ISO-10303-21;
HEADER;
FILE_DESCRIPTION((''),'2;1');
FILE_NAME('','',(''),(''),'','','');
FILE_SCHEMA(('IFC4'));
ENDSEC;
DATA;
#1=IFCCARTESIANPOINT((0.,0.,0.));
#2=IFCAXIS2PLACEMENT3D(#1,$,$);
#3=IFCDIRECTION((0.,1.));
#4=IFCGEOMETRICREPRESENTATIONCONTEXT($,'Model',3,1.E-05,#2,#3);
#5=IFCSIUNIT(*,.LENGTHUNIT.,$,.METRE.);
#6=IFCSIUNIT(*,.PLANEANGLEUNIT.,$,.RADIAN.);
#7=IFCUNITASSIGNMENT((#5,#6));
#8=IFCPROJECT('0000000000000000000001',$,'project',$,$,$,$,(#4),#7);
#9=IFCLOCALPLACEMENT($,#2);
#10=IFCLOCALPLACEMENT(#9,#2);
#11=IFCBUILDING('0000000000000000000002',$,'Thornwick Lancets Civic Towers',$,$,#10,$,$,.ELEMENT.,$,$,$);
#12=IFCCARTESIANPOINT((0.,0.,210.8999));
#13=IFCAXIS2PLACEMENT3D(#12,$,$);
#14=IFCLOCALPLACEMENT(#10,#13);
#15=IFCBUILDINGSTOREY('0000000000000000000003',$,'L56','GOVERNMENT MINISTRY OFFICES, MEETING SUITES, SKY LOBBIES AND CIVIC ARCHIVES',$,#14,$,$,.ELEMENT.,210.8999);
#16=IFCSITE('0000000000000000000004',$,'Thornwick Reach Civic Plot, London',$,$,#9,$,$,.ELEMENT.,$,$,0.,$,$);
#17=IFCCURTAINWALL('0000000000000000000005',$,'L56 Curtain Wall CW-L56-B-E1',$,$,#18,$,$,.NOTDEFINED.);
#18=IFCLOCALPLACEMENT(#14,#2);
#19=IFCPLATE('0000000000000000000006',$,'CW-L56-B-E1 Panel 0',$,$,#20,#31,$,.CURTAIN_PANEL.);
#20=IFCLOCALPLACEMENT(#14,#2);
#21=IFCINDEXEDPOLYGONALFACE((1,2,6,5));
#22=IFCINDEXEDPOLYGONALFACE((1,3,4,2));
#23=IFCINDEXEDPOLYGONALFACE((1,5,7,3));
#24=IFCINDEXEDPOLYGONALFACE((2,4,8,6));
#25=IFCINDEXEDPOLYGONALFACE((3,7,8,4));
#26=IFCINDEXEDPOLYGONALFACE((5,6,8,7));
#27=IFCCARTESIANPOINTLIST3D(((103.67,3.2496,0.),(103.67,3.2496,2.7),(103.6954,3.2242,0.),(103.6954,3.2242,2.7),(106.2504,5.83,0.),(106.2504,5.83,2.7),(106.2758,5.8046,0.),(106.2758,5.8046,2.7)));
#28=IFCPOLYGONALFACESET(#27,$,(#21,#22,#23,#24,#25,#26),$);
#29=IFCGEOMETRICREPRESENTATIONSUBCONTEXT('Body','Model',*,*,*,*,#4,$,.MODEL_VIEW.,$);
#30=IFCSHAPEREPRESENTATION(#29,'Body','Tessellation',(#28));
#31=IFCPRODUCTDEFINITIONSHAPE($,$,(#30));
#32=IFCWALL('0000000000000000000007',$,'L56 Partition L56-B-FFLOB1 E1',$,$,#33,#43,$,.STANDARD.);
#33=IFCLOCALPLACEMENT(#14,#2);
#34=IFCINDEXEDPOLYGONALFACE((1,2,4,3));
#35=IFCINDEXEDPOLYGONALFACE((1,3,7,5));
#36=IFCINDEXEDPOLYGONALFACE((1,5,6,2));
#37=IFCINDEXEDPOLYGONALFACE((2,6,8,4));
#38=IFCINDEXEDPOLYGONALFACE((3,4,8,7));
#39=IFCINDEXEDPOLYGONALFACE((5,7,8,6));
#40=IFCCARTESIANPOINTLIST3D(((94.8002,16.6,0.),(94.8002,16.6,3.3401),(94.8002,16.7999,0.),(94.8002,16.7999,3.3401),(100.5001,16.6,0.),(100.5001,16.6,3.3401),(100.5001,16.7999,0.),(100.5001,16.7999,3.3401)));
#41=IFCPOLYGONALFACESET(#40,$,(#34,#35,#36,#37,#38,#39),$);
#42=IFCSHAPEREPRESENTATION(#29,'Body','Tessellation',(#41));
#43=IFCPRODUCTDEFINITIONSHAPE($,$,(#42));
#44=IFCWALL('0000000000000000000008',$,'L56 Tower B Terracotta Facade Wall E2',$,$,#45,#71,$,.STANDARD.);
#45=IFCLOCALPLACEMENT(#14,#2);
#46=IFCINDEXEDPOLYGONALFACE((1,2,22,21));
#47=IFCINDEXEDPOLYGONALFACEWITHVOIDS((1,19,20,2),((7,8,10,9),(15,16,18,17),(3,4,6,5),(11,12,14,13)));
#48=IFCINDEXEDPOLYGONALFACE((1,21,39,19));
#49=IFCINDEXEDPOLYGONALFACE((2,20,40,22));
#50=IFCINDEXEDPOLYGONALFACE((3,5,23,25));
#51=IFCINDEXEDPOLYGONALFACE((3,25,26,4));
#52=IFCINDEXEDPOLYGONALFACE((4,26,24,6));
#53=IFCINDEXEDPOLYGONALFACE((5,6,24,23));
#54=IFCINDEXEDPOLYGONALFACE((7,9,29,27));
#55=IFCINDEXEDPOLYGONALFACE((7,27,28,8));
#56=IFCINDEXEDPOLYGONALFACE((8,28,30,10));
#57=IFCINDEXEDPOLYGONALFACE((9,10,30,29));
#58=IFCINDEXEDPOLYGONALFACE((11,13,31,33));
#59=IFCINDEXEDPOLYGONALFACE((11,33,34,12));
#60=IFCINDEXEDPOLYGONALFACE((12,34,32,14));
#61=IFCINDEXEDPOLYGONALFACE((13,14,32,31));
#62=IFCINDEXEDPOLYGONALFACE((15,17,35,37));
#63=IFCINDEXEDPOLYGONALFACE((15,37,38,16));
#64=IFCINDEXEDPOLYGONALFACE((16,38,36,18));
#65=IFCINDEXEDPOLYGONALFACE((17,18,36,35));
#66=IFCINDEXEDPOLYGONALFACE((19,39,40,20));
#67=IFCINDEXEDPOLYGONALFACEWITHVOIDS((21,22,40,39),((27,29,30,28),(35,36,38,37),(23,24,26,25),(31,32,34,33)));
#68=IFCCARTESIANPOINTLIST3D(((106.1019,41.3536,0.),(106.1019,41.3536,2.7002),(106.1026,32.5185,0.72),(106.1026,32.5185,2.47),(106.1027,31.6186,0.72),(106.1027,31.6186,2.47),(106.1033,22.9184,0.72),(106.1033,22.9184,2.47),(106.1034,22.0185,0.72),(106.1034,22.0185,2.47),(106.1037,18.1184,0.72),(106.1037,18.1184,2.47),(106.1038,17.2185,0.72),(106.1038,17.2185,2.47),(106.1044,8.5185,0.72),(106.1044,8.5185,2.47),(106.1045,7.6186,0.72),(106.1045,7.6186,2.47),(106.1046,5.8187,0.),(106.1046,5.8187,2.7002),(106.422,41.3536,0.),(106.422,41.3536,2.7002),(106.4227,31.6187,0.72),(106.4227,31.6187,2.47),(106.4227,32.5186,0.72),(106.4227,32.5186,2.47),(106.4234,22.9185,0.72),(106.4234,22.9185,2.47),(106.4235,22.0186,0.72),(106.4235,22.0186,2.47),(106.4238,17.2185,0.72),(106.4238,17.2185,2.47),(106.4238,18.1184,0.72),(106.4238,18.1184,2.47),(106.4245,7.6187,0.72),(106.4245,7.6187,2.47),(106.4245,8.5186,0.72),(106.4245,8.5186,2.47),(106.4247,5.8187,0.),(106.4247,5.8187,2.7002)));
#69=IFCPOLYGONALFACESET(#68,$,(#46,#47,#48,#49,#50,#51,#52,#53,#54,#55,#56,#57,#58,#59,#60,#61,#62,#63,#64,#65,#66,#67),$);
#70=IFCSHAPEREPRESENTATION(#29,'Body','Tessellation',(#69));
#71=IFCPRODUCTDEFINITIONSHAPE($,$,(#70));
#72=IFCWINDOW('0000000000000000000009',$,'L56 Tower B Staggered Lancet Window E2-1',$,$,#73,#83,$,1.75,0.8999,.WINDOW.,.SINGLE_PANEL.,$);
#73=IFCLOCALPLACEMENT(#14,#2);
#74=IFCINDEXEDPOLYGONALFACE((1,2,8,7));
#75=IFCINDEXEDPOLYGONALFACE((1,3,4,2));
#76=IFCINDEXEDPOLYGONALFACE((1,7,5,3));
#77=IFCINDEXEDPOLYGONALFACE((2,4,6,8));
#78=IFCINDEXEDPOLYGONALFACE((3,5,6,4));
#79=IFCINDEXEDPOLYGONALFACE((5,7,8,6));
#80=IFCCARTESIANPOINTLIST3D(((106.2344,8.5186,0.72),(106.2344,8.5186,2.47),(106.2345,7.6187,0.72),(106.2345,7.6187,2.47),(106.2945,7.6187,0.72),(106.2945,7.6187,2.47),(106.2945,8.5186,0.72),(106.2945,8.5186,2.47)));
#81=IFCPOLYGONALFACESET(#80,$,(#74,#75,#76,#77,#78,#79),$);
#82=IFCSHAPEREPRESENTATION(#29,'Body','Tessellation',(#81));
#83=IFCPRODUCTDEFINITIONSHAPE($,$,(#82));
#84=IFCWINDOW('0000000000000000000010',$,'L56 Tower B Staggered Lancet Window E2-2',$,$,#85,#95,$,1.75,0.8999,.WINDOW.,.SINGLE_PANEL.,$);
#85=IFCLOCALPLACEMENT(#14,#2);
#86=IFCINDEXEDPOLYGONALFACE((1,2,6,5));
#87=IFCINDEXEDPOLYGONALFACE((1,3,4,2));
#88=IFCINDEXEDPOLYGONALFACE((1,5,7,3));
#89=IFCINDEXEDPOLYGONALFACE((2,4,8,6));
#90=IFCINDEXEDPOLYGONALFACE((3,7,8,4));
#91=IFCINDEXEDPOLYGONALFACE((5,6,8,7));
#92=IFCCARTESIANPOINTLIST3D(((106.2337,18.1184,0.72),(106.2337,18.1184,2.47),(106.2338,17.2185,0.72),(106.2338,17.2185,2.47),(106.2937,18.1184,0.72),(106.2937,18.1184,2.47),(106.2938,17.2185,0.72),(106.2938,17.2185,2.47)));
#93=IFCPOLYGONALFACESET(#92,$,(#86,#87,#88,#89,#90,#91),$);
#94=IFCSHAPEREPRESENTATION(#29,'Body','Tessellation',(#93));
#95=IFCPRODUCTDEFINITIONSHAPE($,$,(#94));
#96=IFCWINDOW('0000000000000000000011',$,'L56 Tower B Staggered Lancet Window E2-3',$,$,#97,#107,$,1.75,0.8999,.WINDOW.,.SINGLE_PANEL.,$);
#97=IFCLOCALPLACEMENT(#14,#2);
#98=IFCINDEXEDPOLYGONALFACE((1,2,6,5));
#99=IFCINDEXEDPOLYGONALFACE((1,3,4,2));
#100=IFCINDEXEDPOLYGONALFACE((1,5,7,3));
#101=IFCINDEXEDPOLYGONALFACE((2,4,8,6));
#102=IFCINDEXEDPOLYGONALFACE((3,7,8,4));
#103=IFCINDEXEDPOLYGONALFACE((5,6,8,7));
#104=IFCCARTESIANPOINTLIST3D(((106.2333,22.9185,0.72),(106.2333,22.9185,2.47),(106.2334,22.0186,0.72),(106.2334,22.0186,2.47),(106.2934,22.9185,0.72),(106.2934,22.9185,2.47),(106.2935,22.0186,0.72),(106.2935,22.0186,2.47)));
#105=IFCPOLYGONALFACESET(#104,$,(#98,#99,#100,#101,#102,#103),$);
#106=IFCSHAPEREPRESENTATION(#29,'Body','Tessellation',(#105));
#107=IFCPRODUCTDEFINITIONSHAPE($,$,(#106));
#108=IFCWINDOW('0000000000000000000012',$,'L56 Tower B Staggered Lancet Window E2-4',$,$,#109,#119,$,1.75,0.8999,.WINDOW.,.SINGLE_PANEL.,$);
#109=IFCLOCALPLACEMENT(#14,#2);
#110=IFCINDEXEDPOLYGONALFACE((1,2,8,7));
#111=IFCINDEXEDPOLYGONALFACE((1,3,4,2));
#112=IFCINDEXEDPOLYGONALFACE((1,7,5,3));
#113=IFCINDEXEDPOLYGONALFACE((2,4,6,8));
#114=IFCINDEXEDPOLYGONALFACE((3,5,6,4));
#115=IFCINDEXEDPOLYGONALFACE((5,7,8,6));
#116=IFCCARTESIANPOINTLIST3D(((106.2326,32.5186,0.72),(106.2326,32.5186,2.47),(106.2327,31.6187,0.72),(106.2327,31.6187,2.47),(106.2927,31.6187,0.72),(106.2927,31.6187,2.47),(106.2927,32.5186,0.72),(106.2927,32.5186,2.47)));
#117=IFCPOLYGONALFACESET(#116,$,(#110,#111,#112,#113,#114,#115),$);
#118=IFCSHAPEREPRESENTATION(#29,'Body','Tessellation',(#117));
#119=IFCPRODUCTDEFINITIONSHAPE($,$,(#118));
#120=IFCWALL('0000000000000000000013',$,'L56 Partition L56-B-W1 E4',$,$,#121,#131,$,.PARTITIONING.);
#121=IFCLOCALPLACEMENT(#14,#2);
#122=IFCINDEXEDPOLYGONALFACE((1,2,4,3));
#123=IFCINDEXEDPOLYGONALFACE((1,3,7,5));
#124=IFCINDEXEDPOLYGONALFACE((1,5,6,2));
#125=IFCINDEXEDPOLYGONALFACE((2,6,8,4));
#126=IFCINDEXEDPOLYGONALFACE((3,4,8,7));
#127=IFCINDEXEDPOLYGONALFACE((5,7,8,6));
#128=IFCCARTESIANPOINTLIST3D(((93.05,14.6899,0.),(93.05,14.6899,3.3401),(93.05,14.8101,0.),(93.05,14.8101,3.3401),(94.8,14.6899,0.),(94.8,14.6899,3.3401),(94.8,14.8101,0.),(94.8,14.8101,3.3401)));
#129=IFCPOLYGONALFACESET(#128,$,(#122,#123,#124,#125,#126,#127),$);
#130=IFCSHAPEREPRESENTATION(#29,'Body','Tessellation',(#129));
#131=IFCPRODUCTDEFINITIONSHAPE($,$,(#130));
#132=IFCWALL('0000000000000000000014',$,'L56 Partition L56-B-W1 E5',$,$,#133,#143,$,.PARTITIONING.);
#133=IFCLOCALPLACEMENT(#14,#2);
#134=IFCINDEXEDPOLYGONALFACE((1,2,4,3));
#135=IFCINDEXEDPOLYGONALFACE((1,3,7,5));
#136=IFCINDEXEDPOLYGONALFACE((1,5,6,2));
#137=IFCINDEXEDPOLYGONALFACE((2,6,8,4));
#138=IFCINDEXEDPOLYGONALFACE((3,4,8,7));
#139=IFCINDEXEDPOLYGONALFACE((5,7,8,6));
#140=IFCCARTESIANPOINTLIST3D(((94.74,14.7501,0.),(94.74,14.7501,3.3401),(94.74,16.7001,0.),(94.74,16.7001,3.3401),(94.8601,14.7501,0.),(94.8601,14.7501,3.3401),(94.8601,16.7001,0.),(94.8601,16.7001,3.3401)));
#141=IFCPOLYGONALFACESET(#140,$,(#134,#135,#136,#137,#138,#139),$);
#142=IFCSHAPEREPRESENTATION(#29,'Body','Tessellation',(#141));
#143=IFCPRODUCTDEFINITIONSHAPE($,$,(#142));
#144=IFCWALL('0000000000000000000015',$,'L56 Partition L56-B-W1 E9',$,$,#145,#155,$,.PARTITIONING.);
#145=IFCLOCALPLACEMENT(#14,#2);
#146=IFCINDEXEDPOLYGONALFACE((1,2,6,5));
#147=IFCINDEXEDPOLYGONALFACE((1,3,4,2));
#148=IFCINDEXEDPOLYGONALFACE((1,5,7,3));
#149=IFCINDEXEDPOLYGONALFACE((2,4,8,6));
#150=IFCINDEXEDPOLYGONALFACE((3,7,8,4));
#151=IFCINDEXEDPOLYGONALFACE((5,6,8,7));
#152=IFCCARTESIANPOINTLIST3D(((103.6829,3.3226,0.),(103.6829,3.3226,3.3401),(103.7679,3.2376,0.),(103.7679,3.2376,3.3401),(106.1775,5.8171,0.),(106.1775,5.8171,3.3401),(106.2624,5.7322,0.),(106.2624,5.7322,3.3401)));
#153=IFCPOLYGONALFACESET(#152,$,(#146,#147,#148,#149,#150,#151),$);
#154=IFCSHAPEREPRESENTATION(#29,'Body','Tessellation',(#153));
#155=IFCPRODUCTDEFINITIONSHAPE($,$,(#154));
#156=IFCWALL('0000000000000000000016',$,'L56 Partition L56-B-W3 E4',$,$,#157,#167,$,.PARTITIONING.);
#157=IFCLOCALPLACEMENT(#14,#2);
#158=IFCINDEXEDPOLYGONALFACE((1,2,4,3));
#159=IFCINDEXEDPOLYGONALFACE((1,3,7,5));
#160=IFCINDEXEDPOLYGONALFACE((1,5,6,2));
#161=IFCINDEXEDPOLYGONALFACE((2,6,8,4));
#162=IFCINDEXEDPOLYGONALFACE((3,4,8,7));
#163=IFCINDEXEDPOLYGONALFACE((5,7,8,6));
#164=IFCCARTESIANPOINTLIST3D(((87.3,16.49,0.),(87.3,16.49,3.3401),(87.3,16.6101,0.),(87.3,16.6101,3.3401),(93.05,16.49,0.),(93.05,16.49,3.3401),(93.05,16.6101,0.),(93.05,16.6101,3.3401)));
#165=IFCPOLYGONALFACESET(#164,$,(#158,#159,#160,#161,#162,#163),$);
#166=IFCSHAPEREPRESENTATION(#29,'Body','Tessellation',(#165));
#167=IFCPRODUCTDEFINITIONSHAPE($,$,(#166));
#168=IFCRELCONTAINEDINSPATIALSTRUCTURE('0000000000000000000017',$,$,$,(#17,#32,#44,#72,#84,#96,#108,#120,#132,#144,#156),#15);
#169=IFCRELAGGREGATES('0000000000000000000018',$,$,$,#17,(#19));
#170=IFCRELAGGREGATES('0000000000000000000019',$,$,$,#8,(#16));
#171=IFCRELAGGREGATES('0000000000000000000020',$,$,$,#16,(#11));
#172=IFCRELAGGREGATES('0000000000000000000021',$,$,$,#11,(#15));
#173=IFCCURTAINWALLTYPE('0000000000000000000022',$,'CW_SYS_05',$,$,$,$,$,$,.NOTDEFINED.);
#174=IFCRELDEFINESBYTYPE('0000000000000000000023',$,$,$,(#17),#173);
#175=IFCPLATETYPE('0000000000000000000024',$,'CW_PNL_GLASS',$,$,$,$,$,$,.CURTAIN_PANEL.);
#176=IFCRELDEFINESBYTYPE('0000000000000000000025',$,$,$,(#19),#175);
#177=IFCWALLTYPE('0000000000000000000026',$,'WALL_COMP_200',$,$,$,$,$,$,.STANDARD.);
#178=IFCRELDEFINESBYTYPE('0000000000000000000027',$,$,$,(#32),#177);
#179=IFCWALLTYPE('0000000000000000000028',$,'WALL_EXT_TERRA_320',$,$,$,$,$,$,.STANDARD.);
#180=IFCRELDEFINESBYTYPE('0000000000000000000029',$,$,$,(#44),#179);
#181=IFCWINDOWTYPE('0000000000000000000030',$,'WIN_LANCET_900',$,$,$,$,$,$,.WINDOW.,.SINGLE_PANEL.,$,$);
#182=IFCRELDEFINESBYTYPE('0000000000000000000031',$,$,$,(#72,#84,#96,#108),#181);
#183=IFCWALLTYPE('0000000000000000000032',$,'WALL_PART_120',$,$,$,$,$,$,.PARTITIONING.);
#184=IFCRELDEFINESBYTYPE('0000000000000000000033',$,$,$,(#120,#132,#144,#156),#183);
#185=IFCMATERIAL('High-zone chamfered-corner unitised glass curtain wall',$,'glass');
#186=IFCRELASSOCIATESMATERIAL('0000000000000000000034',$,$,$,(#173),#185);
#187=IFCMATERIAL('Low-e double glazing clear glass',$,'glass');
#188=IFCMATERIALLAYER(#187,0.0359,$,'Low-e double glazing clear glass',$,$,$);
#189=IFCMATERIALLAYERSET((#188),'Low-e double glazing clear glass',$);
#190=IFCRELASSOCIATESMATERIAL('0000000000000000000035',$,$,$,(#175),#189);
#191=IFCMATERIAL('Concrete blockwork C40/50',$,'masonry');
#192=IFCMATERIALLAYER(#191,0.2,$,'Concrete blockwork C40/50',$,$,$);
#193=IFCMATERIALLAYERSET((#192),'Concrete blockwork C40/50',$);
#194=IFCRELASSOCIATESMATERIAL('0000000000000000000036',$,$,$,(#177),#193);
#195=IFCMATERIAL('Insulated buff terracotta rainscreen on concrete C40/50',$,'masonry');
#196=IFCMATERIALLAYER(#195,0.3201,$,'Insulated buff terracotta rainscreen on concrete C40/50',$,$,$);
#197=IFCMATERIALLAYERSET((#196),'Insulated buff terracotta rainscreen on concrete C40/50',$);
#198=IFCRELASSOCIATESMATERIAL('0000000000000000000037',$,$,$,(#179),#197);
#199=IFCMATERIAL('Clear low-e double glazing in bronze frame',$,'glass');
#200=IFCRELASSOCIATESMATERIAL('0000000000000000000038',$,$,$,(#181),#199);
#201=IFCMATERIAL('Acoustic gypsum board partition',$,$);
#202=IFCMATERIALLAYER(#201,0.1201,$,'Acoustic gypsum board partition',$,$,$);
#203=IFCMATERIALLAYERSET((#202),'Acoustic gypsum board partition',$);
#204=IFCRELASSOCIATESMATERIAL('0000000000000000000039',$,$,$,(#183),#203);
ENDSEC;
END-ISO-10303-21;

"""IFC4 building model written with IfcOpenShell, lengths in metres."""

from ifc_helpers import new_model, si_unit, direction, frame, frame_2d, origin, origin_2d, place, context, subcontext, project, spatial, rectangle, extrude, material, layer, layer_set, type_object, element, fill, aggregate, save


model = new_model("IFC4")

# Units and contexts
model_context = context("Model", 3, precision=1e-05, world=origin(), true_north=direction((0.0, 1.0)))
body_context = subcontext(model_context, "Body", "Model", "MODEL_VIEW")
ifc_project = project(units=[si_unit("LENGTHUNIT", "METRE"), si_unit("PLANEANGLEUNIT", "RADIAN")], contexts=[model_context])

# Site, building, storey
site_placement = place(None, origin())
site = spatial("IfcSite", under=ifc_project, at=site_placement, Name="Thornwick Reach Civic Plot, London", CompositionType="ELEMENT", RefElevation=0.0)
building_placement = place(site_placement, origin())
building = spatial("IfcBuilding", under=site, at=building_placement, Name="Thornwick Lancets Civic Towers", CompositionType="ELEMENT")
storey_placement = place(building_placement, frame((0.0, 0.0, 210.8999)))
storey = spatial("IfcBuildingStorey", under=building, at=storey_placement, Name="L56", Description="GOVERNMENT MINISTRY OFFICES, MEETING SUITES, SKY LOBBIES AND CIVIC ARCHIVES", CompositionType="ELEMENT", Elevation=210.8999)

# Curtain wall, plate
ifc_material_1 = material(Name="High-zone chamfered-corner unitised glass curtain wall", Category="glass")
curtain_wall_type = type_object("IfcCurtainWallType", Name="CW_SYS_05", PredefinedType="NOTDEFINED", material=ifc_material_1)
curtain_wall_placement = place(storey_placement, origin())
curtain_wall = element("IfcCurtainWall", 1, at=curtain_wall_placement, inside=storey, type_object=curtain_wall_type, Name="L56 Curtain Wall CW-L56-B-E1", PredefinedType="NOTDEFINED")
ifc_material_2 = material(Name="Low-e double glazing clear glass", Category="glass")
ifc_layer_1 = layer(ifc_material_2, 0.0359, Name="Low-e double glazing clear glass")
ifc_layer_set_1 = layer_set([ifc_layer_1], Name="Low-e double glazing clear glass")
plate_type = type_object("IfcPlateType", Name="CW_PNL_GLASS", PredefinedType="CURTAIN_PANEL", material=ifc_layer_set_1)
plate_placement = place(storey_placement, frame((104.9729, 4.5271, 0.0), z_axis=(0.0, 0.0, 1.0), x_axis=(0.707107, 0.707107, 0.0)))
plate = element("IfcPlate", 2, at=plate_placement, type_object=plate_type, Name="CW-L56-B-E1 Panel 0", PredefinedType="CURTAIN_PANEL", context=body_context, shape_type="SweptSolid", body=[
    extrude(rectangle(XDim=3.6492, YDim=0.0359, at=origin_2d()), origin(), (0.0, 0.0, 1.0), 2.7),
])
aggregate(curtain_wall, [plate])

# Wall
ifc_material_3 = material(Name="Concrete blockwork C40/50", Category="masonry")
ifc_layer_2 = layer(ifc_material_3, 0.2, Name="Concrete blockwork C40/50")
ifc_layer_set_2 = layer_set([ifc_layer_2], Name="Concrete blockwork C40/50")
wall_type_1 = type_object("IfcWallType", Name="WALL_COMP_200", PredefinedType="STANDARD", material=ifc_layer_set_2)
wall_1_placement = place(storey_placement, frame((94.8, 16.7, 0.0), z_axis=(0.0, 0.0, 1.0), x_axis=(1.0, 0.0, 0.0)))
element("IfcWall", 3, at=wall_1_placement, inside=storey, type_object=wall_type_1, Name="L56 Partition L56-B-FFLOB1 E1", PredefinedType="STANDARD", context=body_context, shape_type="SweptSolid", body=[
    extrude(rectangle(XDim=5.7, YDim=0.2, at=frame_2d((2.8501, 0.0))), origin(), (0.0, 0.0, 1.0), 3.3401),
])

# Wall, openings, windows
ifc_material_4 = material(Name="Insulated buff terracotta rainscreen on concrete C40/50", Category="masonry")
ifc_layer_3 = layer(ifc_material_4, 0.3201, Name="Insulated buff terracotta rainscreen on concrete C40/50")
ifc_layer_set_3 = layer_set([ifc_layer_3], Name="Insulated buff terracotta rainscreen on concrete C40/50")
wall_type_2 = type_object("IfcWallType", Name="WALL_EXT_TERRA_320", PredefinedType="STANDARD", material=ifc_layer_set_3)
wall_2_placement = place(storey_placement, frame((106.2646, 5.8186, 0.0), z_axis=(0.0, 0.0, 1.0), x_axis=(-0.000076, 1.0, 0.0)))
wall_2 = element("IfcWall", 4, at=wall_2_placement, inside=storey, type_object=wall_type_2, Name="L56 Tower B Terracotta Facade Wall E2", PredefinedType="STANDARD", context=body_context, shape_type="SweptSolid", body=[
    extrude(rectangle(XDim=35.5349, YDim=0.3201, at=frame_2d((17.7676, 0.0))), origin(), (0.0, 0.0, 1.0), 2.7002),
])
opening_1_placement = place(wall_2_placement, frame((1.8, 0.0, 0.72)))
opening_1 = element("IfcOpeningElement", 5, at=opening_1_placement, cuts=wall_2, PredefinedType="OPENING", context=body_context, shape_type="SweptSolid", body=[
    extrude(rectangle(XDim=0.8999, YDim=1.75, at=frame_2d((0.45, 0.875))), frame((0.0, 0.1699, 0.0), z_axis=(0.0, -1.0, 0.0), x_axis=(1.0, 0.0, 0.0)), (0.0, 0.0, 1.0), 0.3401),
])
opening_2_placement = place(wall_2_placement, frame((11.3999, 0.0, 0.72)))
opening_2 = element("IfcOpeningElement", 6, at=opening_2_placement, cuts=wall_2, PredefinedType="OPENING", context=body_context, shape_type="SweptSolid", body=[
    extrude(rectangle(XDim=0.8999, YDim=1.75, at=frame_2d((0.45, 0.875))), frame((0.0, 0.1699, 0.0), z_axis=(0.0, -1.0, 0.0), x_axis=(1.0, 0.0, 0.0)), (0.0, 0.0, 1.0), 0.3401),
])
opening_3_placement = place(wall_2_placement, frame((16.2, 0.0, 0.72)))
opening_3 = element("IfcOpeningElement", 7, at=opening_3_placement, cuts=wall_2, PredefinedType="OPENING", context=body_context, shape_type="SweptSolid", body=[
    extrude(rectangle(XDim=0.8999, YDim=1.75, at=frame_2d((0.45, 0.875))), frame((0.0, 0.1699, 0.0), z_axis=(0.0, -1.0, 0.0), x_axis=(1.0, 0.0, 0.0)), (0.0, 0.0, 1.0), 0.3401),
])
opening_4_placement = place(wall_2_placement, frame((25.8, 0.0, 0.72)))
opening_4 = element("IfcOpeningElement", 8, at=opening_4_placement, cuts=wall_2, PredefinedType="OPENING", context=body_context, shape_type="SweptSolid", body=[
    extrude(rectangle(XDim=0.8999, YDim=1.75, at=frame_2d((0.45, 0.875))), frame((0.0, 0.1699, 0.0), z_axis=(0.0, -1.0, 0.0), x_axis=(1.0, 0.0, 0.0)), (0.0, 0.0, 1.0), 0.3401),
])
ifc_material_5 = material(Name="Clear low-e double glazing in bronze frame", Category="glass")
window_type = type_object("IfcWindowType", Name="WIN_LANCET_900", PartitioningType="SINGLE_PANEL", PredefinedType="WINDOW", material=ifc_material_5)
window_1_placement = place(opening_1_placement, origin())
window_1 = element("IfcWindow", 9, at=window_1_placement, inside=storey, type_object=window_type, Name="L56 Tower B Staggered Lancet Window E2-1", OverallHeight=1.75, OverallWidth=0.8999, PartitioningType="SINGLE_PANEL", PredefinedType="WINDOW", context=body_context, shape_type="SweptSolid", body=[
    extrude(rectangle(XDim=0.8999, YDim=1.75, at=frame_2d((0.45, 0.875))), frame((0.0, 0.03, 0.0), z_axis=(0.0, -1.0, 0.0), x_axis=(1.0, 0.0, 0.0)), (0.0, 0.0, 1.0), 0.0601),
])
fill(opening_1, window_1)
window_2_placement = place(opening_2_placement, origin())
window_2 = element("IfcWindow", 10, at=window_2_placement, inside=storey, type_object=window_type, Name="L56 Tower B Staggered Lancet Window E2-2", OverallHeight=1.75, OverallWidth=0.8999, PartitioningType="SINGLE_PANEL", PredefinedType="WINDOW", context=body_context, shape_type="SweptSolid", body=[
    extrude(rectangle(XDim=0.8999, YDim=1.75, at=frame_2d((0.45, 0.875))), frame((0.0, 0.03, 0.0), z_axis=(0.0, -1.0, 0.0), x_axis=(1.0, 0.0, 0.0)), (0.0, 0.0, 1.0), 0.0601),
])
fill(opening_2, window_2)
window_3_placement = place(opening_3_placement, origin())
window_3 = element("IfcWindow", 11, at=window_3_placement, inside=storey, type_object=window_type, Name="L56 Tower B Staggered Lancet Window E2-3", OverallHeight=1.75, OverallWidth=0.8999, PartitioningType="SINGLE_PANEL", PredefinedType="WINDOW", context=body_context, shape_type="SweptSolid", body=[
    extrude(rectangle(XDim=0.8999, YDim=1.75, at=frame_2d((0.45, 0.875))), frame((0.0, 0.03, 0.0), z_axis=(0.0, -1.0, 0.0), x_axis=(1.0, 0.0, 0.0)), (0.0, 0.0, 1.0), 0.0601),
])
fill(opening_3, window_3)
window_4_placement = place(opening_4_placement, origin())
window_4 = element("IfcWindow", 12, at=window_4_placement, inside=storey, type_object=window_type, Name="L56 Tower B Staggered Lancet Window E2-4", OverallHeight=1.75, OverallWidth=0.8999, PartitioningType="SINGLE_PANEL", PredefinedType="WINDOW", context=body_context, shape_type="SweptSolid", body=[
    extrude(rectangle(XDim=0.8999, YDim=1.75, at=frame_2d((0.45, 0.875))), frame((0.0, 0.03, 0.0), z_axis=(0.0, -1.0, 0.0), x_axis=(1.0, 0.0, 0.0)), (0.0, 0.0, 1.0), 0.0601),
])
fill(opening_4, window_4)

# Walls
ifc_material_6 = material(Name="Acoustic gypsum board partition")
ifc_layer_4 = layer(ifc_material_6, 0.1201, Name="Acoustic gypsum board partition")
ifc_layer_set_4 = layer_set([ifc_layer_4], Name="Acoustic gypsum board partition")
wall_type_3 = type_object("IfcWallType", Name="WALL_PART_120", PredefinedType="PARTITIONING", material=ifc_layer_set_4)
wall_3_placement = place(storey_placement, frame((93.05, 14.75, 0.0), z_axis=(0.0, 0.0, 1.0), x_axis=(1.0, 0.0, 0.0)))
element("IfcWall", 13, at=wall_3_placement, inside=storey, type_object=wall_type_3, Name="L56 Partition L56-B-W1 E4", PredefinedType="PARTITIONING", context=body_context, shape_type="SweptSolid", body=[
    extrude(rectangle(XDim=1.75, YDim=0.1201, at=frame_2d((0.875, 0.0))), origin(), (0.0, 0.0, 1.0), 3.3401),
])
wall_4_placement = place(storey_placement, frame((94.8, 14.75, 0.0), z_axis=(0.0, 0.0, 1.0), x_axis=(0.0, 1.0, 0.0)))
element("IfcWall", 14, at=wall_4_placement, inside=storey, type_object=wall_type_3, Name="L56 Partition L56-B-W1 E5", PredefinedType="PARTITIONING", context=body_context, shape_type="SweptSolid", body=[
    extrude(rectangle(XDim=1.95, YDim=0.1201, at=frame_2d((0.9751, 0.0))), origin(), (0.0, 0.0, 1.0), 3.3401),
])
wall_5_placement = place(storey_placement, frame((106.22, 5.7747, 0.0), z_axis=(0.0, 0.0, 1.0), x_axis=(-0.707107, -0.707107, 0.0)))
element("IfcWall", 15, at=wall_5_placement, inside=storey, type_object=wall_type_3, Name="L56 Partition L56-B-W1 E9", PredefinedType="PARTITIONING", context=body_context, shape_type="SweptSolid", body=[
    extrude(rectangle(XDim=3.5278, YDim=0.1201, at=frame_2d((1.7639, 0.0))), origin(), (0.0, 0.0, 1.0), 3.3401),
])
wall_6_placement = place(storey_placement, frame((93.05, 16.55, 0.0), z_axis=(0.0, 0.0, 1.0), x_axis=(-1.0, 0.0, 0.0)))
element("IfcWall", 16, at=wall_6_placement, inside=storey, type_object=wall_type_3, Name="L56 Partition L56-B-W3 E4", PredefinedType="PARTITIONING", context=body_context, shape_type="SweptSolid", body=[
    extrude(rectangle(XDim=5.75, YDim=0.1201, at=frame_2d((2.875, 0.0))), origin(), (0.0, 0.0, 1.0), 3.3401),
])

save(model, "model.ifc")
